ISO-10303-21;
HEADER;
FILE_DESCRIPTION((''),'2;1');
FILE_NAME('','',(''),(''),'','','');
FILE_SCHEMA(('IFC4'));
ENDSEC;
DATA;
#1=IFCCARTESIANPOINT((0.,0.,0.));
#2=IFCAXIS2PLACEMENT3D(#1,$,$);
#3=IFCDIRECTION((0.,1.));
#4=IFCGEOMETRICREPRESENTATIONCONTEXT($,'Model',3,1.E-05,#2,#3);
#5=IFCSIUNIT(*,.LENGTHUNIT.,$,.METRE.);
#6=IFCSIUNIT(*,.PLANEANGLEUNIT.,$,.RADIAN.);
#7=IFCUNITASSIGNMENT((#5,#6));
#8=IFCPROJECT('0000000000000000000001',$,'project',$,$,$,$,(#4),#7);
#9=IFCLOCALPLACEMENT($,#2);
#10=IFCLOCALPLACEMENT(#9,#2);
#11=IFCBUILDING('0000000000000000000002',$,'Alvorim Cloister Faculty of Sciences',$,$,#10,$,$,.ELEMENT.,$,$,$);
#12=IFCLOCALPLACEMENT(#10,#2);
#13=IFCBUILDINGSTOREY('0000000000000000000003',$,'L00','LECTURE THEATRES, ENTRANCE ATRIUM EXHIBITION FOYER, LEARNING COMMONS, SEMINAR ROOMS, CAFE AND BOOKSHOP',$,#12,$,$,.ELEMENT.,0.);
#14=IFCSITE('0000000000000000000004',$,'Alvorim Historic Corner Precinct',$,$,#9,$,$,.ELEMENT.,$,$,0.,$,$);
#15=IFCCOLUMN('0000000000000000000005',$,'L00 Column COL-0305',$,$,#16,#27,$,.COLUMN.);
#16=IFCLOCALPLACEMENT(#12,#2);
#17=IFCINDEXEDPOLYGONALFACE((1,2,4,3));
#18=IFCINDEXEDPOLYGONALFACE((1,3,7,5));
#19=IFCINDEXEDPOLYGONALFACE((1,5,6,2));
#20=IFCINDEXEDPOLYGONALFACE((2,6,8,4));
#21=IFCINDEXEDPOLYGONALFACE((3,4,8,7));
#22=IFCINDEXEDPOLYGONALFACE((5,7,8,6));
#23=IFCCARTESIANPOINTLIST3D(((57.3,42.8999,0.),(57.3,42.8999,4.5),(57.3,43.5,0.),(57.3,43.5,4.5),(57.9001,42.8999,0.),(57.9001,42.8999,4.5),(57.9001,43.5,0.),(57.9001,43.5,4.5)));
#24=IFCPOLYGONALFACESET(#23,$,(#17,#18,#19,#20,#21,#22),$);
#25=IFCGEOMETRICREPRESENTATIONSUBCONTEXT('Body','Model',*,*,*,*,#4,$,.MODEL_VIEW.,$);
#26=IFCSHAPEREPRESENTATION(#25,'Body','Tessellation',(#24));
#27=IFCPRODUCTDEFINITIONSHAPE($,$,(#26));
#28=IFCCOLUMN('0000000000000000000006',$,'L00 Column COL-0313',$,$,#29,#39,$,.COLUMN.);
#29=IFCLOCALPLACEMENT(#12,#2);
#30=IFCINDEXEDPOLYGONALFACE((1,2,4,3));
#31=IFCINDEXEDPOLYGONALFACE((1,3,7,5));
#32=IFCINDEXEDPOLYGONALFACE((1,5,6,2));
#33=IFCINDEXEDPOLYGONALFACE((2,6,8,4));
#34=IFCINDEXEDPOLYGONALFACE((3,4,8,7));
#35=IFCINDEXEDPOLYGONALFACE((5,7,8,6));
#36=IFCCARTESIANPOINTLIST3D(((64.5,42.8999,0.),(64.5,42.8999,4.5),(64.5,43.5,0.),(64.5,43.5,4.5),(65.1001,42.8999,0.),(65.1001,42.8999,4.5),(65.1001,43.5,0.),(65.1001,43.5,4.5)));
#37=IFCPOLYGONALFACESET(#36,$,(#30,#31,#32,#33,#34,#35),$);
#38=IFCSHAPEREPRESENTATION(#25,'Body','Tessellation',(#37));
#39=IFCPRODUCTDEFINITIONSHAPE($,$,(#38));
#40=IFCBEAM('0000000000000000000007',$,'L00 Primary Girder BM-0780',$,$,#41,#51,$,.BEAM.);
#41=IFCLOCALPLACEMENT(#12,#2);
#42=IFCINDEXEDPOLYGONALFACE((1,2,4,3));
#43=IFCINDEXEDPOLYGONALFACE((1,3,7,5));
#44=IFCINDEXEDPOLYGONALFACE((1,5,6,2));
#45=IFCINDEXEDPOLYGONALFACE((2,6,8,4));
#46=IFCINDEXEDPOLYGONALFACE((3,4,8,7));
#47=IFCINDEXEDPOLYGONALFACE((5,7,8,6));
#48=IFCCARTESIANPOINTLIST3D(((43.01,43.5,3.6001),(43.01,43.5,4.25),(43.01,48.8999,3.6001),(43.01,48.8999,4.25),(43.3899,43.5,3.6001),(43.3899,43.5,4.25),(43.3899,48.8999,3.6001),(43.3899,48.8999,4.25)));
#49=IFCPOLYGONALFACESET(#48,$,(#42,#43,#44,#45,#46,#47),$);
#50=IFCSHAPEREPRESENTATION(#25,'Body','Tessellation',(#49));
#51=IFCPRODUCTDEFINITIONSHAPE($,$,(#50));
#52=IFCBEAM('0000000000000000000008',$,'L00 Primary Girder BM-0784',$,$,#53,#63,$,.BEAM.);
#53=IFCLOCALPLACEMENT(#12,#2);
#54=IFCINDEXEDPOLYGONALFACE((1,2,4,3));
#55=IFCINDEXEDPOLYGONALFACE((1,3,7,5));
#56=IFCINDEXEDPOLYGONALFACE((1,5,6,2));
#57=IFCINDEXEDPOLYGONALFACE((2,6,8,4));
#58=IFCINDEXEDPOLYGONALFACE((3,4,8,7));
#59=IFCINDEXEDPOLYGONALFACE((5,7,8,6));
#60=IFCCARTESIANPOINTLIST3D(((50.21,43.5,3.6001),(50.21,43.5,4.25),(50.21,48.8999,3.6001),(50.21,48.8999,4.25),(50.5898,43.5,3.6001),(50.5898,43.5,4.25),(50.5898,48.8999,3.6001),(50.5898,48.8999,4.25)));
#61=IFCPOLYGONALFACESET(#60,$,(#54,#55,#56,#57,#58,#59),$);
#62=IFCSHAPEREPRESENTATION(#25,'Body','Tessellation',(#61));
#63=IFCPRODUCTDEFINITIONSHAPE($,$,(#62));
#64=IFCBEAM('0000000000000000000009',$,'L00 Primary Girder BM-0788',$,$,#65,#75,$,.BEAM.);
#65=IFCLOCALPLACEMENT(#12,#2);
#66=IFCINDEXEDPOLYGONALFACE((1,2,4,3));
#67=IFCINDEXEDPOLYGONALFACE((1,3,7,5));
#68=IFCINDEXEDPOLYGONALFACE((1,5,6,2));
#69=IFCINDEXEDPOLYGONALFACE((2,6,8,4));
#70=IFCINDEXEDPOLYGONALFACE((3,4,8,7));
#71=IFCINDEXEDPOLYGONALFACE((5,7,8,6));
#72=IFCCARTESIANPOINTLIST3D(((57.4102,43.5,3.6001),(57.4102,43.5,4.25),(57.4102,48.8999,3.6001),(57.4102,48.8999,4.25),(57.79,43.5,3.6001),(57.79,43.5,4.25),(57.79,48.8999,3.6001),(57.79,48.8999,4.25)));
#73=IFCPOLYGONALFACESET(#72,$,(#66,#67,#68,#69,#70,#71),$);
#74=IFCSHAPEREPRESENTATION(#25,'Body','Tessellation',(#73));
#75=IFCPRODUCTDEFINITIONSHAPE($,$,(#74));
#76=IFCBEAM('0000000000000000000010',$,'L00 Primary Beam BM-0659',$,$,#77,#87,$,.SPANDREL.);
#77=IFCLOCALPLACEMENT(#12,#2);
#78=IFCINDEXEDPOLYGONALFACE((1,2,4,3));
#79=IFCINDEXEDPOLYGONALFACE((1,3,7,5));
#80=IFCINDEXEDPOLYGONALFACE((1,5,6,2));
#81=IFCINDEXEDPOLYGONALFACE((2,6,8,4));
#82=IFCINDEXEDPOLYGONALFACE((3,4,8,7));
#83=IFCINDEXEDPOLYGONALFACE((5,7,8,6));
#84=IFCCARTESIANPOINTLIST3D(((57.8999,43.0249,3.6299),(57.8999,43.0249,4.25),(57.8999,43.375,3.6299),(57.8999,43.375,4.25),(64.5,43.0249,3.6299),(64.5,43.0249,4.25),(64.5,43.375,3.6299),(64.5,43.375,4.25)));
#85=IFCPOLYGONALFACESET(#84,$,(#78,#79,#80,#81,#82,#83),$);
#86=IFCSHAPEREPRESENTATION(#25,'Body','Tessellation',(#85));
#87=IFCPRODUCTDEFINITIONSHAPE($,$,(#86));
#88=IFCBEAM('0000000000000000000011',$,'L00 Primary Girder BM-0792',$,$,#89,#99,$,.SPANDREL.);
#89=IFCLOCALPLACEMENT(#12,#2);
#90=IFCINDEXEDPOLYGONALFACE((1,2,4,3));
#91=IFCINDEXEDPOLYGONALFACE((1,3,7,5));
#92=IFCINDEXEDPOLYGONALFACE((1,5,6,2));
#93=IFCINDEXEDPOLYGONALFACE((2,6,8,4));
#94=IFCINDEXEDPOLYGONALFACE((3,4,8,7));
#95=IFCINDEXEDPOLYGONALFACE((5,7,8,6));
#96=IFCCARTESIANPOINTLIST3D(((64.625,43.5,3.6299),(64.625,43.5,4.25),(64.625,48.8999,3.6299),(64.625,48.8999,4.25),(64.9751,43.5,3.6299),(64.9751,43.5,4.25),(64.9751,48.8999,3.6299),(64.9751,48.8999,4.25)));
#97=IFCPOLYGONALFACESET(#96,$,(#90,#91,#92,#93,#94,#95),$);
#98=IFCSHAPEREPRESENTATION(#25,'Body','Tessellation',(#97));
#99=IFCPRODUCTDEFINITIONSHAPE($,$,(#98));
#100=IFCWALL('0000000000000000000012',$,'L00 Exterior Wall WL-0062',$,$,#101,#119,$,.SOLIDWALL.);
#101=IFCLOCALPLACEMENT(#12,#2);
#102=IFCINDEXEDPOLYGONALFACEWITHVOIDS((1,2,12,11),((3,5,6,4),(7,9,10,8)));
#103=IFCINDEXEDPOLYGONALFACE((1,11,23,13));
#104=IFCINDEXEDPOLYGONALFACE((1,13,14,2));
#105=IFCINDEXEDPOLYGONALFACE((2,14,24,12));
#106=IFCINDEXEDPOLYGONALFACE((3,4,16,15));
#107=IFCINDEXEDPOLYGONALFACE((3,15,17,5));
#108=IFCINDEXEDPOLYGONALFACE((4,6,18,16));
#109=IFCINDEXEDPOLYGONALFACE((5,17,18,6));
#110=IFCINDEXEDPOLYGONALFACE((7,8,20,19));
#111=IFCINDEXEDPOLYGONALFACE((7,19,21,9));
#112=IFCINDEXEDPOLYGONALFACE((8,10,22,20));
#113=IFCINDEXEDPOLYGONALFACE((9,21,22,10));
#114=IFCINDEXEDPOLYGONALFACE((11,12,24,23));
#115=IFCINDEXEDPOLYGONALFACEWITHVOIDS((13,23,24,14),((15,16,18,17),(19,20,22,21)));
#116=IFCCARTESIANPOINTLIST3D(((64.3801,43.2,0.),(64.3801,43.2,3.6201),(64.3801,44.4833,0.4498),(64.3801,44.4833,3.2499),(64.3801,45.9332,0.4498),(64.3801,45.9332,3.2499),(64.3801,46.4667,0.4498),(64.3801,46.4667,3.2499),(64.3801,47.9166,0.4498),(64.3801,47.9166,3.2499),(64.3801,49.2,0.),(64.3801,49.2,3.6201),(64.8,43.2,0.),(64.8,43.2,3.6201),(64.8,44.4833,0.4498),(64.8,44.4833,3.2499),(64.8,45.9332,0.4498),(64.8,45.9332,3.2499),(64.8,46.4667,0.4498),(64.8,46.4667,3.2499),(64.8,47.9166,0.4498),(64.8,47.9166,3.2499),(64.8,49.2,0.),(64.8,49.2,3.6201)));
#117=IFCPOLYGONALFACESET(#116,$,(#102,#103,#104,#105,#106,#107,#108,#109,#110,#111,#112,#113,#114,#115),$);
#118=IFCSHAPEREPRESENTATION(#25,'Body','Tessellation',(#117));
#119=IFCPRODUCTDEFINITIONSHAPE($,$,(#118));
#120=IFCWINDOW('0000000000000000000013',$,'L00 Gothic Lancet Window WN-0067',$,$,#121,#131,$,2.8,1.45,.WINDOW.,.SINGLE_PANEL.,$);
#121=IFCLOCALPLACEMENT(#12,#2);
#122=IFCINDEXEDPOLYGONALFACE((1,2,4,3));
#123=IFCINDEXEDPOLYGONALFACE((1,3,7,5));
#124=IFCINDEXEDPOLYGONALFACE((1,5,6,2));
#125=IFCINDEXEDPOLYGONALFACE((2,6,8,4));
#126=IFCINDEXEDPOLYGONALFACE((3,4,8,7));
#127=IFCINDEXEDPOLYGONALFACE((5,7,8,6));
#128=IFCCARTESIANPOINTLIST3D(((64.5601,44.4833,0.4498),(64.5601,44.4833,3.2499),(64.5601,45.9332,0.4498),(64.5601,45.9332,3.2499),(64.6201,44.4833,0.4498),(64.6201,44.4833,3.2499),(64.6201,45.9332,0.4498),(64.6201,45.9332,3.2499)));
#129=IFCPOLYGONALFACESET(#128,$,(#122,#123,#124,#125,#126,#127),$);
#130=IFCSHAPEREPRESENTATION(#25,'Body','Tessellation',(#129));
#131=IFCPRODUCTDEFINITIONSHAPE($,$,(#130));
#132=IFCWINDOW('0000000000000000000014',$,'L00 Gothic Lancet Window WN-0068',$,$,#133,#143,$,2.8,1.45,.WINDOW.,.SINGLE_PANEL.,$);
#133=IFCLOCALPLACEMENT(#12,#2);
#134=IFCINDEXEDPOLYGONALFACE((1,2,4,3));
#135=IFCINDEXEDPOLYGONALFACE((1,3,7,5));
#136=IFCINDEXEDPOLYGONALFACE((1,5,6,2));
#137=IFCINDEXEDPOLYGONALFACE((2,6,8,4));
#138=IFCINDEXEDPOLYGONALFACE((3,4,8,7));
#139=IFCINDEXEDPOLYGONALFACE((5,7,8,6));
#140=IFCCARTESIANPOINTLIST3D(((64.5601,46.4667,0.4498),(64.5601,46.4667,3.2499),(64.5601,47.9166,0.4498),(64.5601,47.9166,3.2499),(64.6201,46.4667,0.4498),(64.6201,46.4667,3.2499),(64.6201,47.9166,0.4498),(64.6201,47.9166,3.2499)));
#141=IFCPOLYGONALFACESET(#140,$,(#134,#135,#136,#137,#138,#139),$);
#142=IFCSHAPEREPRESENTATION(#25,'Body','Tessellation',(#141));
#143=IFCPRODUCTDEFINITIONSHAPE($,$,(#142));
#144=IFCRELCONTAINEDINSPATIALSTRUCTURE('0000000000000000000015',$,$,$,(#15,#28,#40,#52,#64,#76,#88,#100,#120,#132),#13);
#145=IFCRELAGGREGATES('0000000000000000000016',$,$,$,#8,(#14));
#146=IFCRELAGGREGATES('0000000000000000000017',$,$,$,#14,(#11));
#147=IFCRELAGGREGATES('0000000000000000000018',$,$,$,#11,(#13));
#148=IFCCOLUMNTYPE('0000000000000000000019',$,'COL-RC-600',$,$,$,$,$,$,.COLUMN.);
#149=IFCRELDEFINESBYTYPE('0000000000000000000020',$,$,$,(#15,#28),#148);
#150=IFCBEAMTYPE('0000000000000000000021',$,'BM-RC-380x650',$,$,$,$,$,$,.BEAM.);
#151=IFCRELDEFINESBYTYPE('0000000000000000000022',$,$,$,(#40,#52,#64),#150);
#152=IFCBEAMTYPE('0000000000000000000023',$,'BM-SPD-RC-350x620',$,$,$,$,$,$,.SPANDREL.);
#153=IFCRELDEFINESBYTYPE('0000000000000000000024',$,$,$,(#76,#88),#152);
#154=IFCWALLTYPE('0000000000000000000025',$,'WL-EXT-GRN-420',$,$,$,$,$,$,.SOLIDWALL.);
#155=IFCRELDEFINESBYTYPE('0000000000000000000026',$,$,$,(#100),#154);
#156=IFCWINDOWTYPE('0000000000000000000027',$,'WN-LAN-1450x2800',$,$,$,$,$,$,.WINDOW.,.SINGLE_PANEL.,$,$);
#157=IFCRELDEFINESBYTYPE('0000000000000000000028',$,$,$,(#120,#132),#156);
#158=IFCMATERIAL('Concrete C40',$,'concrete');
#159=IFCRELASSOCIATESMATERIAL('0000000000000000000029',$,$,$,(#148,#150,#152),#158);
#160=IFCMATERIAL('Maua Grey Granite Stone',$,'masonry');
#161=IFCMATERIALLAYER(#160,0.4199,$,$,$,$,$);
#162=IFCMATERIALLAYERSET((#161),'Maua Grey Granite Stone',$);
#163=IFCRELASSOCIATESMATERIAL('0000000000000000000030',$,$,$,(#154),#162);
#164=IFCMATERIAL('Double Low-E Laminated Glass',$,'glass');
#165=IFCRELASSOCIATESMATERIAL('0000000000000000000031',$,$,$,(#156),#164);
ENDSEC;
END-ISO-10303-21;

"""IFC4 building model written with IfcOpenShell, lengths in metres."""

from ifc_helpers import new_model, si_unit, direction, frame, frame_2d, origin, origin_2d, place, context, subcontext, project, spatial, rectangle, extrude, material, layer, layer_set, material_profile, profile_set, type_object, element, fill, save


model = new_model("IFC4")

# Units and contexts
model_context = context("Model", 3, precision=1e-05, world=origin(), true_north=direction((0.0, 1.0)))
body_context = subcontext(model_context, "Body", "Model", "MODEL_VIEW")
ifc_project = project(units=[si_unit("LENGTHUNIT", "METRE"), si_unit("PLANEANGLEUNIT", "RADIAN")], contexts=[model_context])

# Site, building, storey
site_placement = place(None, origin())
site = spatial("IfcSite", under=ifc_project, at=site_placement, Name="Alvorim Historic Corner Precinct", CompositionType="ELEMENT", RefElevation=0.0)
building_placement = place(site_placement, origin())
building = spatial("IfcBuilding", under=site, at=building_placement, Name="Alvorim Cloister Faculty of Sciences", CompositionType="ELEMENT")
storey_placement = place(building_placement, origin())
storey = spatial("IfcBuildingStorey", under=building, at=storey_placement, Name="L00", Description="LECTURE THEATRES, ENTRANCE ATRIUM EXHIBITION FOYER, LEARNING COMMONS, SEMINAR ROOMS, CAFE AND BOOKSHOP", CompositionType="ELEMENT", Elevation=0.0)

# Columns
ifc_material_1 = material(Name="Concrete C40", Category="concrete")
ifc_material_profile_1 = material_profile(ifc_material_1, rectangle(XDim=0.6001, YDim=0.6001, at=origin_2d()), Name="RC40-COL-600x600")
ifc_profile_set_1 = profile_set([ifc_material_profile_1], Name="Concrete C40")
column_type = type_object("IfcColumnType", Name="COL-RC-600", PredefinedType="COLUMN", material=ifc_profile_set_1)
for number, where, z_axis, x_axis, name in (
    (1, (57.6001, 43.2, 0.0), (0.0, 0.0, 1.0), (1.0, 0.0, 0.0), "L00 Column COL-0305"),
    (2, (64.8, 43.2, 0.0), (0.0, 0.0, 1.0), (1.0, 0.0, 0.0), "L00 Column COL-0313"),
):
    element("IfcColumn", number, at=place(storey_placement, frame(where, z_axis=z_axis, x_axis=x_axis)), inside=storey, type_object=column_type, Name=name, PredefinedType="COLUMN", context=body_context, shape_type="SweptSolid", body=[
        extrude(rectangle(XDim=0.6001, YDim=0.6001, at=origin_2d()), origin(), (0.0, 0.0, 1.0), 4.5),
    ])

# Beams
ifc_material_profile_2 = material_profile(ifc_material_1, rectangle(XDim=0.3799, YDim=0.6499, at=origin_2d()), Name="RC40-BM-380x650")
ifc_profile_set_2 = profile_set([ifc_material_profile_2], Name="Concrete C40")
beam_type_1 = type_object("IfcBeamType", Name="BM-RC-380x650", PredefinedType="BEAM", material=ifc_profile_set_2)
for number, where, z_axis, x_axis, name in (
    (3, (43.2, 43.5, 3.925), (0.0, 1.0, 0.0), (-1.0, 0.0, 0.0), "L00 Primary Girder BM-0780"),
    (4, (50.3999, 43.5, 3.925), (0.0, 1.0, 0.0), (-1.0, 0.0, 0.0), "L00 Primary Girder BM-0784"),
    (5, (57.6001, 43.5, 3.925), (0.0, 1.0, 0.0), (-1.0, 0.0, 0.0), "L00 Primary Girder BM-0788"),
):
    element("IfcBeam", number, at=place(storey_placement, frame(where, z_axis=z_axis, x_axis=x_axis)), inside=storey, type_object=beam_type_1, Name=name, PredefinedType="BEAM", context=body_context, shape_type="SweptSolid", body=[
        extrude(rectangle(XDim=0.3799, YDim=0.6499, at=origin_2d()), origin(), (0.0, 0.0, 1.0), 5.3999),
    ])
ifc_material_profile_3 = material_profile(ifc_material_1, rectangle(XDim=0.3501, YDim=0.6201, at=origin_2d()), Name="RC40-SPD-350x620")
ifc_profile_set_3 = profile_set([ifc_material_profile_3], Name="Concrete C40")
beam_type_2 = type_object("IfcBeamType", Name="BM-SPD-RC-350x620", PredefinedType="SPANDREL", material=ifc_profile_set_3)
beam_1_placement = place(storey_placement, frame((57.8999, 43.2, 3.9399), z_axis=(1.0, 0.0, 0.0), x_axis=(0.0, 1.0, 0.0)))
element("IfcBeam", 6, at=beam_1_placement, inside=storey, type_object=beam_type_2, Name="L00 Primary Beam BM-0659", PredefinedType="SPANDREL", context=body_context, shape_type="SweptSolid", body=[
    extrude(rectangle(XDim=0.3501, YDim=0.6201, at=origin_2d()), origin(), (0.0, 0.0, 1.0), 6.6001),
])
beam_2_placement = place(storey_placement, frame((64.8, 43.5, 3.9399), z_axis=(0.0, 1.0, 0.0), x_axis=(-1.0, 0.0, 0.0)))
element("IfcBeam", 7, at=beam_2_placement, inside=storey, type_object=beam_type_2, Name="L00 Primary Girder BM-0792", PredefinedType="SPANDREL", context=body_context, shape_type="SweptSolid", body=[
    extrude(rectangle(XDim=0.3501, YDim=0.6201, at=origin_2d()), origin(), (0.0, 0.0, 1.0), 5.3999),
])

# Wall, openings, windows
ifc_material_2 = material(Name="Maua Grey Granite Stone", Category="masonry")
ifc_layer_1 = layer(ifc_material_2, 0.4199)
ifc_layer_set_1 = layer_set([ifc_layer_1], Name="Maua Grey Granite Stone")
wall_type = type_object("IfcWallType", Name="WL-EXT-GRN-420", PredefinedType="SOLIDWALL", material=ifc_layer_set_1)
wall_1_placement = place(storey_placement, frame((64.5901, 43.2, 0.0), z_axis=(0.0, 0.0, 1.0), x_axis=(0.0, 1.0, 0.0)))
wall_1 = element("IfcWall", 8, at=wall_1_placement, inside=storey, type_object=wall_type, Name="L00 Exterior Wall WL-0062", PredefinedType="SOLIDWALL", context=body_context, shape_type="SweptSolid", body=[
    extrude(rectangle(XDim=6.0, YDim=0.4199, at=frame_2d((3.0, 0.0))), origin(), (0.0, 0.0, 1.0), 3.6201),
])
opening_1_placement = place(wall_1_placement, frame((1.2832, 0.0, 0.45)))
opening_1 = element("IfcOpeningElement", 9, at=opening_1_placement, cuts=wall_1, PredefinedType="OPENING", context=body_context, shape_type="SweptSolid", body=[
    extrude(rectangle(XDim=1.45, YDim=2.8, at=frame_2d((0.7251, 1.3999))), frame((0.0, 0.2219, 0.0), z_axis=(0.0, -1.0, 0.0), x_axis=(1.0, 0.0, 0.0)), (0.0, 0.0, 1.0), 0.4438),
])
opening_2_placement = place(wall_1_placement, frame((3.2666, 0.0, 0.45)))
opening_2 = element("IfcOpeningElement", 10, at=opening_2_placement, cuts=wall_1, PredefinedType="OPENING", context=body_context, shape_type="SweptSolid", body=[
    extrude(rectangle(XDim=1.45, YDim=2.8, at=frame_2d((0.7251, 1.3999))), frame((0.0, 0.2219, 0.0), z_axis=(0.0, -1.0, 0.0), x_axis=(1.0, 0.0, 0.0)), (0.0, 0.0, 1.0), 0.4438),
])
ifc_material_3 = material(Name="Double Low-E Laminated Glass", Category="glass")
window_type_1 = type_object("IfcWindowType", Name="WN-LAN-1450x2800", PartitioningType="SINGLE_PANEL", PredefinedType="WINDOW", material=ifc_material_3)
window_1_placement = place(opening_1_placement, origin())
window_1 = element("IfcWindow", 11, at=window_1_placement, inside=storey, type_object=window_type_1, Name="L00 Gothic Lancet Window WN-0067", OverallHeight=2.8, OverallWidth=1.45, PartitioningType="SINGLE_PANEL", PredefinedType="WINDOW", context=body_context, shape_type="SweptSolid", body=[
    extrude(rectangle(XDim=1.45, YDim=2.8, at=frame_2d((0.7251, 1.3999))), frame((0.0, 0.03, 0.0), z_axis=(0.0, -1.0, 0.0), x_axis=(1.0, 0.0, 0.0)), (0.0, 0.0, 1.0), 0.0601),
])
fill(opening_1, window_1)
window_2_placement = place(opening_2_placement, origin())
window_2 = element("IfcWindow", 12, at=window_2_placement, inside=storey, type_object=window_type_1, Name="L00 Gothic Lancet Window WN-0068", OverallHeight=2.8, OverallWidth=1.45, PartitioningType="SINGLE_PANEL", PredefinedType="WINDOW", context=body_context, shape_type="SweptSolid", body=[
    extrude(rectangle(XDim=1.45, YDim=2.8, at=frame_2d((0.7251, 1.3999))), frame((0.0, 0.03, 0.0), z_axis=(0.0, -1.0, 0.0), x_axis=(1.0, 0.0, 0.0)), (0.0, 0.0, 1.0), 0.0601),
])
fill(opening_2, window_2)

save(model, "model.ifc")
